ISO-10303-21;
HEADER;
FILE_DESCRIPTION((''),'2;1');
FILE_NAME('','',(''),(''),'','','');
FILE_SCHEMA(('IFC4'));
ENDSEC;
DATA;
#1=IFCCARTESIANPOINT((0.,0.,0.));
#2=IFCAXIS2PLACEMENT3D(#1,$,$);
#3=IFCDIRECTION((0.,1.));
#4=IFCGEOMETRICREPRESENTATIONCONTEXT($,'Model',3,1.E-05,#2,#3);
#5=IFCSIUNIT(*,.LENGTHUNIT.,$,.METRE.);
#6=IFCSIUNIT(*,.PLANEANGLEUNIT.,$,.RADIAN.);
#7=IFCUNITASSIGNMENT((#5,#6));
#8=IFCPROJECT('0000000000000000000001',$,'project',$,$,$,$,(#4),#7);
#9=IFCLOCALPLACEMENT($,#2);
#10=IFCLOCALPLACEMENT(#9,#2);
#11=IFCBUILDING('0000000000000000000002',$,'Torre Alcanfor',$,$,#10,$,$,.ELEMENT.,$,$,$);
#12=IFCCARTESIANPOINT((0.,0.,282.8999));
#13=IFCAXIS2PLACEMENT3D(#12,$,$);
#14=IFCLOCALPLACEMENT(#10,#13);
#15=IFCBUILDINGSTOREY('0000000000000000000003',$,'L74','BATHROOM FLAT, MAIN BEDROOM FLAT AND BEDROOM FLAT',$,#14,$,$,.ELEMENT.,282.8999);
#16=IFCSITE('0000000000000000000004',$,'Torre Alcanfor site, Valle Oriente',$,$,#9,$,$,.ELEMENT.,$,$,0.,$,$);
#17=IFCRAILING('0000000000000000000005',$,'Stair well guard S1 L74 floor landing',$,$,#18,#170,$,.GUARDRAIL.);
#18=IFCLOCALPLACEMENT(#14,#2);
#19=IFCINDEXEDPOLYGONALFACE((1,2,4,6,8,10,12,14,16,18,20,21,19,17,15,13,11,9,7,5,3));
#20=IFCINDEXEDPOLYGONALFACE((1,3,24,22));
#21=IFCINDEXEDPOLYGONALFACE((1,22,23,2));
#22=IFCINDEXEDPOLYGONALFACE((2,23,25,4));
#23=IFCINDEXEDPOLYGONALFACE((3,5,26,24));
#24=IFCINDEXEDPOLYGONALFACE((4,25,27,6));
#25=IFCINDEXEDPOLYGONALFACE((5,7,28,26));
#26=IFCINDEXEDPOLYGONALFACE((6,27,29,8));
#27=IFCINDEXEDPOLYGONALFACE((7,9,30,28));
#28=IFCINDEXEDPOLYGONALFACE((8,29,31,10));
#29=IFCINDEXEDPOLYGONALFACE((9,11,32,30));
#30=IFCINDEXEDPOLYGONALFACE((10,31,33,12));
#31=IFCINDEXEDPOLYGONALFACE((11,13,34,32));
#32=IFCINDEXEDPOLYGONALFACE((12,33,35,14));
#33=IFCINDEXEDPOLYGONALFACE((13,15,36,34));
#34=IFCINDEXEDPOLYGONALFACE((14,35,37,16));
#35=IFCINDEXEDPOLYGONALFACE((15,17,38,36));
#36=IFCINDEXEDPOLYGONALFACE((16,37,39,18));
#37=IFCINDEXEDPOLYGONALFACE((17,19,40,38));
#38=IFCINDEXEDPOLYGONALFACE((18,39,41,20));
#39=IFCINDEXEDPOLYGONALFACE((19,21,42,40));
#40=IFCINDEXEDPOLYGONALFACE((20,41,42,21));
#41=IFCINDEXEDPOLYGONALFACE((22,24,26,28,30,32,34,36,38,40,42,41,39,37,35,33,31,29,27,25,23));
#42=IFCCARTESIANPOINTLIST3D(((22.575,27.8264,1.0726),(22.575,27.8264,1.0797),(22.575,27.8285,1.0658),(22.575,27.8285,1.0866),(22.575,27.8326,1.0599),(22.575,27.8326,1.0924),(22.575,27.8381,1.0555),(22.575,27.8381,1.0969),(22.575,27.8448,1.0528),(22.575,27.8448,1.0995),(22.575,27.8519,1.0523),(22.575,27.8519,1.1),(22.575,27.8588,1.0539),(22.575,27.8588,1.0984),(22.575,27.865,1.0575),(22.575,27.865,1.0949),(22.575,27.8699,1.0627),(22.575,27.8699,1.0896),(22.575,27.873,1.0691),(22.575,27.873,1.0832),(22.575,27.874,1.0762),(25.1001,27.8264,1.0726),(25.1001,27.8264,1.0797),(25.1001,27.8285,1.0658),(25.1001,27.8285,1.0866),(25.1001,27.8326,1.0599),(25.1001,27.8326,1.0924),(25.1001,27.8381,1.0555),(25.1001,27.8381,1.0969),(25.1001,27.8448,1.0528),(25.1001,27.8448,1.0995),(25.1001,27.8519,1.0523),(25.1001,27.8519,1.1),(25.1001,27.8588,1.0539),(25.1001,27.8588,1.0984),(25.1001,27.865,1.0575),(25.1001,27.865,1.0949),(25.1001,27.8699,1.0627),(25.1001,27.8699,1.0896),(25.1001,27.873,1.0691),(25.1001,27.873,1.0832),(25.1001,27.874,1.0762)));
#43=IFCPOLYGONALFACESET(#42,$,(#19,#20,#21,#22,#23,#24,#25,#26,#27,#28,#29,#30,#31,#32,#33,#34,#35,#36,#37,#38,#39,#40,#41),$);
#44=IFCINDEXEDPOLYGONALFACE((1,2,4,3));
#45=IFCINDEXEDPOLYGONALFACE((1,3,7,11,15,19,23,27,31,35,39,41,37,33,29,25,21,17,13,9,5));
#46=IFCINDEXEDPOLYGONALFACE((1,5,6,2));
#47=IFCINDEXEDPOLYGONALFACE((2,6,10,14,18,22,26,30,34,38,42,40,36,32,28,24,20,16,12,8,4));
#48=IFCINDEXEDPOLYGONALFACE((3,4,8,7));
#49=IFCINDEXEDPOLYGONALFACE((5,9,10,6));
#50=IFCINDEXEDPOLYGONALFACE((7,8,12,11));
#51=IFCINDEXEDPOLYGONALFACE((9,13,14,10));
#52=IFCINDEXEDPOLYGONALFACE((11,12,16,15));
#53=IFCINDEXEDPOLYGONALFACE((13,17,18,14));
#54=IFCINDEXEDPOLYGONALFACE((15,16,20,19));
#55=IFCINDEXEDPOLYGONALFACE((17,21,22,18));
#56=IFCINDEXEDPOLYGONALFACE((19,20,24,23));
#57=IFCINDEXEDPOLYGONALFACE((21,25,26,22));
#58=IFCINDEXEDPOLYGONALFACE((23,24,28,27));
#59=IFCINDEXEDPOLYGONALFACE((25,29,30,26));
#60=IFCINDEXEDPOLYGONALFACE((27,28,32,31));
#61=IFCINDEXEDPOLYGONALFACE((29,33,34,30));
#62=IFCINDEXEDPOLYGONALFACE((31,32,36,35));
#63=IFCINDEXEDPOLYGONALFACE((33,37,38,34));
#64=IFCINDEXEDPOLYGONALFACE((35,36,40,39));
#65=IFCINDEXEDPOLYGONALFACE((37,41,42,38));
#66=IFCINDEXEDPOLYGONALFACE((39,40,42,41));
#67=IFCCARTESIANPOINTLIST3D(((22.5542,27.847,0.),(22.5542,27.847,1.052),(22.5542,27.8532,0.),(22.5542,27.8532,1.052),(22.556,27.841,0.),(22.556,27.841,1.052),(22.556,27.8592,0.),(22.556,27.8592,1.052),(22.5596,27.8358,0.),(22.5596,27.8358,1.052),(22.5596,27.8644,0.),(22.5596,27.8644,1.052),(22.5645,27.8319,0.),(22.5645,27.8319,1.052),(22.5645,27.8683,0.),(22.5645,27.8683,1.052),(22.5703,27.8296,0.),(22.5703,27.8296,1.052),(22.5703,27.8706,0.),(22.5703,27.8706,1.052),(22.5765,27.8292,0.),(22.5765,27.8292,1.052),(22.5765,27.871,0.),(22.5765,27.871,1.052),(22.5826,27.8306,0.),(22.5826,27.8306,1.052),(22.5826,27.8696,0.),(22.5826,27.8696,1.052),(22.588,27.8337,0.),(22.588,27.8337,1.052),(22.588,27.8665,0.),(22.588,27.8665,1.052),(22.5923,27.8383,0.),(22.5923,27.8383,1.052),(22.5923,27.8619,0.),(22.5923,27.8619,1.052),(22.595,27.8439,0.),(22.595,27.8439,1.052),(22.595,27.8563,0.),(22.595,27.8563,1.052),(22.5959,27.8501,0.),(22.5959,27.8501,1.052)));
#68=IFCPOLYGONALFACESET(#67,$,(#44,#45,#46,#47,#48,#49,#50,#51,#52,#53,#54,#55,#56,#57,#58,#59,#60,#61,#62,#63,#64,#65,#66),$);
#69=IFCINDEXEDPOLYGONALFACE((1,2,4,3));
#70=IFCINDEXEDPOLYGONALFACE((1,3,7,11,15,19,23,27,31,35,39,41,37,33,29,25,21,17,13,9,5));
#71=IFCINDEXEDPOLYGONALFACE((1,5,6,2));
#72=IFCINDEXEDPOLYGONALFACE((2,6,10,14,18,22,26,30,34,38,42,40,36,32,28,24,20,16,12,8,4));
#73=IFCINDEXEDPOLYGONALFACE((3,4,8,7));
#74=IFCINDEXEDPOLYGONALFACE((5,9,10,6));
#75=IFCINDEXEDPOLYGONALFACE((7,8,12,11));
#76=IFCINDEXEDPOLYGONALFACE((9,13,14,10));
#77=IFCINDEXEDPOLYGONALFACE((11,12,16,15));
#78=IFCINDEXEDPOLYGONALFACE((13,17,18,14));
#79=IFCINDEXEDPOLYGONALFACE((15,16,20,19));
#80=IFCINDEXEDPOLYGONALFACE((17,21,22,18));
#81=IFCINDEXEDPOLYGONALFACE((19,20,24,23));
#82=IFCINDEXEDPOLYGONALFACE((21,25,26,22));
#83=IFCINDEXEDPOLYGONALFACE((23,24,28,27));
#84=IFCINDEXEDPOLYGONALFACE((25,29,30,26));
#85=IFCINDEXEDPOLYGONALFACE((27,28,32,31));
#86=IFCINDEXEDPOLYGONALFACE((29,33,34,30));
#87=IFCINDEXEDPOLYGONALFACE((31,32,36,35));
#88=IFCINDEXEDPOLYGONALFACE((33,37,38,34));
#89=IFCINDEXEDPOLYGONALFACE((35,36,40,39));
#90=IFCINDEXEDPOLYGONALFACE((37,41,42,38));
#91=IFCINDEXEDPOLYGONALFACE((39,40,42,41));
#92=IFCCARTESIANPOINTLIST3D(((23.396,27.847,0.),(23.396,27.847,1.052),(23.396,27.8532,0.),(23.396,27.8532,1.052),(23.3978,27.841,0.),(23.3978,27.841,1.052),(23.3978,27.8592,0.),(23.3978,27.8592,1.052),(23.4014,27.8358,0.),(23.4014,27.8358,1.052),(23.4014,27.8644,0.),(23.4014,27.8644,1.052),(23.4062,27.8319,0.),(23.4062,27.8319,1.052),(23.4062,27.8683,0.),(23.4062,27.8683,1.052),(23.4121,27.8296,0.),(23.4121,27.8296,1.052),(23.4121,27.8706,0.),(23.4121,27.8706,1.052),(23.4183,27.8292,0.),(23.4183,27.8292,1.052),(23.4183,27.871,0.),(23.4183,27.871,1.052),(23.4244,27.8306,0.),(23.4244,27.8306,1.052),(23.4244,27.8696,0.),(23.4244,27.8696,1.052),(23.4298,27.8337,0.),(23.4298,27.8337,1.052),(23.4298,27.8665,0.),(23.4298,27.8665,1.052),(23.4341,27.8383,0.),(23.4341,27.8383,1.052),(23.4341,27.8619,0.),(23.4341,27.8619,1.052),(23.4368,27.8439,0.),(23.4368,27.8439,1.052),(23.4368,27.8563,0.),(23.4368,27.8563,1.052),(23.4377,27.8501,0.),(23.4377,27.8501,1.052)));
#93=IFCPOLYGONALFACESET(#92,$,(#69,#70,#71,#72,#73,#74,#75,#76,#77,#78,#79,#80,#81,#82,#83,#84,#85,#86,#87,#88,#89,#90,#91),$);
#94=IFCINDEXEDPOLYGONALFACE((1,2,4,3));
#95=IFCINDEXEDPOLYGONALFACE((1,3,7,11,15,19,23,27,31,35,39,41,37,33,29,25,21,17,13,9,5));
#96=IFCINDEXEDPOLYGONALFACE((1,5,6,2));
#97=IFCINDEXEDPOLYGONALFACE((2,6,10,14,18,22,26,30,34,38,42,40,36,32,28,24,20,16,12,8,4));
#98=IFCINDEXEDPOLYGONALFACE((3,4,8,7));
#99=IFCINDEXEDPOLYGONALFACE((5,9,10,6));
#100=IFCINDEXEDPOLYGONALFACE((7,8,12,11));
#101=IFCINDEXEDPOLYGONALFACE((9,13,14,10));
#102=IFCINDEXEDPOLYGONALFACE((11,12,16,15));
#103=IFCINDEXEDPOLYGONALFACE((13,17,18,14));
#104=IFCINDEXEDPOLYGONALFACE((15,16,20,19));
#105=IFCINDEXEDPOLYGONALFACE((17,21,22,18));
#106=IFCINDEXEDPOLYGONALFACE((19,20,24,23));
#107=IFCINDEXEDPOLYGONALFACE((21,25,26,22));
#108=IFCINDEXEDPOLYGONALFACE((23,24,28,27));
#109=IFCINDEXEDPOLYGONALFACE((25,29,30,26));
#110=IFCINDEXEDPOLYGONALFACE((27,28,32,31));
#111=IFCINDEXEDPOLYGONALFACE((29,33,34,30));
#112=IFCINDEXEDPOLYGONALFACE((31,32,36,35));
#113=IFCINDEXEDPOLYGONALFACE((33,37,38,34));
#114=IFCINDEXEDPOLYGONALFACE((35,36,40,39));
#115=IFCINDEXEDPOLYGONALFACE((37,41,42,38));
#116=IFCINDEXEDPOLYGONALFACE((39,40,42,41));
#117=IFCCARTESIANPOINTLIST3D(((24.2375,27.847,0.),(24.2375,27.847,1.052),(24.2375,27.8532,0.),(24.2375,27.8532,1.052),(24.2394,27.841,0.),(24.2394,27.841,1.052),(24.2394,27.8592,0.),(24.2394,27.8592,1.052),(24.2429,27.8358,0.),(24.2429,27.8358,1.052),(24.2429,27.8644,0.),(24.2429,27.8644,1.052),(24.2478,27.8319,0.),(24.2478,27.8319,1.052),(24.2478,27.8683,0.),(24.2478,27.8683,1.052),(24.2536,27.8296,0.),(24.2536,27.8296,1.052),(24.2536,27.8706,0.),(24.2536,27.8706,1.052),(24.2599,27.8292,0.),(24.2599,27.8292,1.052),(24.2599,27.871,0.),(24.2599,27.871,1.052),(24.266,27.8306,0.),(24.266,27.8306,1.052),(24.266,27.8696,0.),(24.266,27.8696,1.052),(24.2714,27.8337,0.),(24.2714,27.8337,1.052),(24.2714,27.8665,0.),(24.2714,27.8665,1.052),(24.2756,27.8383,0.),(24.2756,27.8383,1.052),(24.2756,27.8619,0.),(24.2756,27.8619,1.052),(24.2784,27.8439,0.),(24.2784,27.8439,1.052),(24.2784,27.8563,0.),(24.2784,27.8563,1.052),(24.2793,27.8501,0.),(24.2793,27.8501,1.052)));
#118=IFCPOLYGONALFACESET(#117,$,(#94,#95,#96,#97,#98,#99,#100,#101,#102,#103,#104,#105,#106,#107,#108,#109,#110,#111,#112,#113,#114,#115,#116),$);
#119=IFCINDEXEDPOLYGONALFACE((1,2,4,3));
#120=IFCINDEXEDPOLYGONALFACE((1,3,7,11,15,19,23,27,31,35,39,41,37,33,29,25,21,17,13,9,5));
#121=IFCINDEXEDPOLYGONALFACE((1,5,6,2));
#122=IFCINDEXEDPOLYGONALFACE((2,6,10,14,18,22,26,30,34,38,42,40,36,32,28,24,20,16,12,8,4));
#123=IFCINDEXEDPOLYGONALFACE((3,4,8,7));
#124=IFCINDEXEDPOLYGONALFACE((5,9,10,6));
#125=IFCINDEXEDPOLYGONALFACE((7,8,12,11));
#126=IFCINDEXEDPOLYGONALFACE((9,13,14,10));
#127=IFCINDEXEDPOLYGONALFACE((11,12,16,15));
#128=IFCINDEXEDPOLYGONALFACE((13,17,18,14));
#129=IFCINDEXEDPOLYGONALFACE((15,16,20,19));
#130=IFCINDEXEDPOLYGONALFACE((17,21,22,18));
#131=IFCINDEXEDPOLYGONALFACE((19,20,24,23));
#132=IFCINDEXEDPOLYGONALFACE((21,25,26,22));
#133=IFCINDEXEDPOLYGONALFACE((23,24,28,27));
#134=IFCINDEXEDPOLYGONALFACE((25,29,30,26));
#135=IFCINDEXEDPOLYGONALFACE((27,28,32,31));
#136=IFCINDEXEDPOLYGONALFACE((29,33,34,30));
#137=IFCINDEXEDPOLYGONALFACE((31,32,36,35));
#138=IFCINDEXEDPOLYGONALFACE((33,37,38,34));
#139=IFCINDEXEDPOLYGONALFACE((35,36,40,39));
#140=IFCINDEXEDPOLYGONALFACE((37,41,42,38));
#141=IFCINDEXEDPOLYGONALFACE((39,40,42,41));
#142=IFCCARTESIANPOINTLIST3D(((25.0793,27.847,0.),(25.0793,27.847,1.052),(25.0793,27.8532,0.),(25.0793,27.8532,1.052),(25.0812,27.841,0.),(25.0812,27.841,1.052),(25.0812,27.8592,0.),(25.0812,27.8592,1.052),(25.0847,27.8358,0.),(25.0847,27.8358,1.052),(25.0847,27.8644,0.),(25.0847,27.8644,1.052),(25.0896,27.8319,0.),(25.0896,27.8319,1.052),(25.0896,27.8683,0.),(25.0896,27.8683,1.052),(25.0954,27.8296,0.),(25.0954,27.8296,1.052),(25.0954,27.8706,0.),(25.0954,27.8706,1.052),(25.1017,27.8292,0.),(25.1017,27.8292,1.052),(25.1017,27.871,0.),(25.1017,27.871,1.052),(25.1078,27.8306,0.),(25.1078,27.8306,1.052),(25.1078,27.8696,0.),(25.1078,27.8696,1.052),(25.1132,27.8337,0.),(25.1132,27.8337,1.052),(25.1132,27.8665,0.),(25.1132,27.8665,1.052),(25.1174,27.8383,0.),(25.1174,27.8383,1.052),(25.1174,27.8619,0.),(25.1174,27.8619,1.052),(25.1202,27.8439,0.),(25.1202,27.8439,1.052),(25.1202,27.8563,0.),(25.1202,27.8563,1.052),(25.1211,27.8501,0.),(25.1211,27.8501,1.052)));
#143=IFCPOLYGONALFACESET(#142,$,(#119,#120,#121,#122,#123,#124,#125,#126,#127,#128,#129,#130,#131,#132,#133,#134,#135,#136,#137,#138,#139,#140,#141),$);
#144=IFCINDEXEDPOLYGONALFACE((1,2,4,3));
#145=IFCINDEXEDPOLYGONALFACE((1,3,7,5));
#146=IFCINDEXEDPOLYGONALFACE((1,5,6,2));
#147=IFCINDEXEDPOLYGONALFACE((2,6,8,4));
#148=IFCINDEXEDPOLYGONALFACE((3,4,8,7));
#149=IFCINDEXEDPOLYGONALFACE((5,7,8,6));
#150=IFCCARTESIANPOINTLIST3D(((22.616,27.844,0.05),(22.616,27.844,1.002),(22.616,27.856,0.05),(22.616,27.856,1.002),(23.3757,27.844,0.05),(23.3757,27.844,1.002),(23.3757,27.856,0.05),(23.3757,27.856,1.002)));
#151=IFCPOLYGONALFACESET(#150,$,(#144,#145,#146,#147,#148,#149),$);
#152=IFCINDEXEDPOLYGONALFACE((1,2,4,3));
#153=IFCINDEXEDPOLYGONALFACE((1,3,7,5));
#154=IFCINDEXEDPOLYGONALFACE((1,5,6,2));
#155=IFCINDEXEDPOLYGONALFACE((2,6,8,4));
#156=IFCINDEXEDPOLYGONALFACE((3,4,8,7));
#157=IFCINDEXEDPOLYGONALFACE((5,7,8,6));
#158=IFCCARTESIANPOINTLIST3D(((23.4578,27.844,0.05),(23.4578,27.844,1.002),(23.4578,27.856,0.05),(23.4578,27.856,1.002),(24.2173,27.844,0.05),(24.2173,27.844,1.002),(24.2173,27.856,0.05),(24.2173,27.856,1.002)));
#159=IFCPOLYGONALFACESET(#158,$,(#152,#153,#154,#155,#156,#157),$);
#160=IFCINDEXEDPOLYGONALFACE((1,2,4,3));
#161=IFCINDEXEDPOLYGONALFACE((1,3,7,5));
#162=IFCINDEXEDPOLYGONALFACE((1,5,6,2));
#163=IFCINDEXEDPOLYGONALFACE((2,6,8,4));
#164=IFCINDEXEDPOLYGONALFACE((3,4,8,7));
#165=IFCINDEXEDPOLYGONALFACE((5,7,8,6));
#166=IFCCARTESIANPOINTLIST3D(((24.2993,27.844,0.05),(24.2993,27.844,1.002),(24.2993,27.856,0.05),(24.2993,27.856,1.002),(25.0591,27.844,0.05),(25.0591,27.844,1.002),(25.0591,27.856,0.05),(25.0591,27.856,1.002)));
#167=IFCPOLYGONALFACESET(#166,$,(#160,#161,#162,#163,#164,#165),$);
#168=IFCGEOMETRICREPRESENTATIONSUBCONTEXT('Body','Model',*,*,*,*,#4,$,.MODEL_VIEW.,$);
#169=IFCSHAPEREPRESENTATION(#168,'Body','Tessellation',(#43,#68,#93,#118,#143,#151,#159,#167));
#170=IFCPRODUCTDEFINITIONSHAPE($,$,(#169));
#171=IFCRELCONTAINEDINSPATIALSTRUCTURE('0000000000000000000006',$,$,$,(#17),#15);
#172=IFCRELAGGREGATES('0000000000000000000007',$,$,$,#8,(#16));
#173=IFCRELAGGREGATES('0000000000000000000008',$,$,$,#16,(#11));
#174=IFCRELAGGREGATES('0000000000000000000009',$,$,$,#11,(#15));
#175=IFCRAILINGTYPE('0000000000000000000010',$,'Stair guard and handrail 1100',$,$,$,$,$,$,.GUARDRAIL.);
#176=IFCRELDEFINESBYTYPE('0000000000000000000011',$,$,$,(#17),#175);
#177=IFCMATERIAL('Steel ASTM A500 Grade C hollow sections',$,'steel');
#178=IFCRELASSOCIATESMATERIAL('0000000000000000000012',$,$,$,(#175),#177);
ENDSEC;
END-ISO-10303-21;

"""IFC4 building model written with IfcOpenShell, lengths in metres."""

from ifc_helpers import new_model, si_unit, direction, frame, origin, origin_2d, place, context, subcontext, project, spatial, polyline, circle, outline, extrude, material, type_object, element, save


model = new_model("IFC4")

# Units and contexts
model_context = context("Model", 3, precision=1e-05, world=origin(), true_north=direction((0.0, 1.0)))
body_context = subcontext(model_context, "Body", "Model", "MODEL_VIEW")
ifc_project = project(units=[si_unit("LENGTHUNIT", "METRE"), si_unit("PLANEANGLEUNIT", "RADIAN")], contexts=[model_context])

# Site, building, storey
site_placement = place(None, origin())
site = spatial("IfcSite", under=ifc_project, at=site_placement, Name="Torre Alcanfor site, Valle Oriente", CompositionType="ELEMENT", RefElevation=0.0)
building_placement = place(site_placement, origin())
building = spatial("IfcBuilding", under=site, at=building_placement, Name="Torre Alcanfor", CompositionType="ELEMENT")
storey_placement = place(building_placement, frame((0.0, 0.0, 282.8999)))
storey = spatial("IfcBuildingStorey", under=building, at=storey_placement, Name="L74", Description="BATHROOM FLAT, MAIN BEDROOM FLAT AND BEDROOM FLAT", CompositionType="ELEMENT", Elevation=282.8999)

# Railing
ifc_material_1 = material(Name="Steel ASTM A500 Grade C hollow sections", Category="steel")
railing_type_1 = type_object("IfcRailingType", Name="Stair guard and handrail 1100", PredefinedType="GUARDRAIL", material=ifc_material_1)
railing_1_placement = place(storey_placement, frame((22.575, 27.8501, 0.0)))
element("IfcRailing", 1, at=railing_1_placement, inside=storey, type_object=railing_type_1, Name="Stair well guard S1 L74 floor landing", PredefinedType="GUARDRAIL", context=body_context, shape_type="SweptSolid", body=[
    extrude(circle(Radius=0.0239, at=origin_2d()), frame((0.0, 0.0, 1.0762), z_axis=(1.0, 0.0, 0.0), x_axis=(0.0, 1.0, 0.0)), (0.0, 0.0, 1.0), 2.5251),
    extrude(circle(Radius=0.021, at=origin_2d()), origin(), (0.0, 0.0, 1.0), 1.052),
    extrude(circle(Radius=0.021, at=origin_2d()), frame((0.8418, 0.0, 0.0)), (0.0, 0.0, 1.0), 1.052),
    extrude(circle(Radius=0.021, at=origin_2d()), frame((1.6833, 0.0, 0.0)), (0.0, 0.0, 1.0), 1.052),
    extrude(circle(Radius=0.021, at=origin_2d()), frame((2.5251, 0.0, 0.0)), (0.0, 0.0, 1.0), 1.052),
    extrude(outline(polyline([(0.041, 0.05), (0.8008, 0.05), (0.8008, 1.002), (0.041, 1.002), (0.041, 0.05)])), frame((0.0, 0.0059, 0.0), z_axis=(0.0, -1.0, 0.0), x_axis=(1.0, 0.0, 0.0)), (0.0, 0.0, 1.0), 0.012),
    extrude(outline(polyline([(0.8828, 0.05), (1.6423, 0.05), (1.6423, 1.002), (0.8828, 1.002), (0.8828, 0.05)])), frame((0.0, 0.0059, 0.0), z_axis=(0.0, -1.0, 0.0), x_axis=(1.0, 0.0, 0.0)), (0.0, 0.0, 1.0), 0.012),
    extrude(outline(polyline([(1.7244, 0.05), (2.4841, 0.05), (2.4841, 1.002), (1.7244, 1.002), (1.7244, 0.05)])), frame((0.0, 0.0059, 0.0), z_axis=(0.0, -1.0, 0.0), x_axis=(1.0, 0.0, 0.0)), (0.0, 0.0, 1.0), 0.012),
])

save(model, "model.ifc")
